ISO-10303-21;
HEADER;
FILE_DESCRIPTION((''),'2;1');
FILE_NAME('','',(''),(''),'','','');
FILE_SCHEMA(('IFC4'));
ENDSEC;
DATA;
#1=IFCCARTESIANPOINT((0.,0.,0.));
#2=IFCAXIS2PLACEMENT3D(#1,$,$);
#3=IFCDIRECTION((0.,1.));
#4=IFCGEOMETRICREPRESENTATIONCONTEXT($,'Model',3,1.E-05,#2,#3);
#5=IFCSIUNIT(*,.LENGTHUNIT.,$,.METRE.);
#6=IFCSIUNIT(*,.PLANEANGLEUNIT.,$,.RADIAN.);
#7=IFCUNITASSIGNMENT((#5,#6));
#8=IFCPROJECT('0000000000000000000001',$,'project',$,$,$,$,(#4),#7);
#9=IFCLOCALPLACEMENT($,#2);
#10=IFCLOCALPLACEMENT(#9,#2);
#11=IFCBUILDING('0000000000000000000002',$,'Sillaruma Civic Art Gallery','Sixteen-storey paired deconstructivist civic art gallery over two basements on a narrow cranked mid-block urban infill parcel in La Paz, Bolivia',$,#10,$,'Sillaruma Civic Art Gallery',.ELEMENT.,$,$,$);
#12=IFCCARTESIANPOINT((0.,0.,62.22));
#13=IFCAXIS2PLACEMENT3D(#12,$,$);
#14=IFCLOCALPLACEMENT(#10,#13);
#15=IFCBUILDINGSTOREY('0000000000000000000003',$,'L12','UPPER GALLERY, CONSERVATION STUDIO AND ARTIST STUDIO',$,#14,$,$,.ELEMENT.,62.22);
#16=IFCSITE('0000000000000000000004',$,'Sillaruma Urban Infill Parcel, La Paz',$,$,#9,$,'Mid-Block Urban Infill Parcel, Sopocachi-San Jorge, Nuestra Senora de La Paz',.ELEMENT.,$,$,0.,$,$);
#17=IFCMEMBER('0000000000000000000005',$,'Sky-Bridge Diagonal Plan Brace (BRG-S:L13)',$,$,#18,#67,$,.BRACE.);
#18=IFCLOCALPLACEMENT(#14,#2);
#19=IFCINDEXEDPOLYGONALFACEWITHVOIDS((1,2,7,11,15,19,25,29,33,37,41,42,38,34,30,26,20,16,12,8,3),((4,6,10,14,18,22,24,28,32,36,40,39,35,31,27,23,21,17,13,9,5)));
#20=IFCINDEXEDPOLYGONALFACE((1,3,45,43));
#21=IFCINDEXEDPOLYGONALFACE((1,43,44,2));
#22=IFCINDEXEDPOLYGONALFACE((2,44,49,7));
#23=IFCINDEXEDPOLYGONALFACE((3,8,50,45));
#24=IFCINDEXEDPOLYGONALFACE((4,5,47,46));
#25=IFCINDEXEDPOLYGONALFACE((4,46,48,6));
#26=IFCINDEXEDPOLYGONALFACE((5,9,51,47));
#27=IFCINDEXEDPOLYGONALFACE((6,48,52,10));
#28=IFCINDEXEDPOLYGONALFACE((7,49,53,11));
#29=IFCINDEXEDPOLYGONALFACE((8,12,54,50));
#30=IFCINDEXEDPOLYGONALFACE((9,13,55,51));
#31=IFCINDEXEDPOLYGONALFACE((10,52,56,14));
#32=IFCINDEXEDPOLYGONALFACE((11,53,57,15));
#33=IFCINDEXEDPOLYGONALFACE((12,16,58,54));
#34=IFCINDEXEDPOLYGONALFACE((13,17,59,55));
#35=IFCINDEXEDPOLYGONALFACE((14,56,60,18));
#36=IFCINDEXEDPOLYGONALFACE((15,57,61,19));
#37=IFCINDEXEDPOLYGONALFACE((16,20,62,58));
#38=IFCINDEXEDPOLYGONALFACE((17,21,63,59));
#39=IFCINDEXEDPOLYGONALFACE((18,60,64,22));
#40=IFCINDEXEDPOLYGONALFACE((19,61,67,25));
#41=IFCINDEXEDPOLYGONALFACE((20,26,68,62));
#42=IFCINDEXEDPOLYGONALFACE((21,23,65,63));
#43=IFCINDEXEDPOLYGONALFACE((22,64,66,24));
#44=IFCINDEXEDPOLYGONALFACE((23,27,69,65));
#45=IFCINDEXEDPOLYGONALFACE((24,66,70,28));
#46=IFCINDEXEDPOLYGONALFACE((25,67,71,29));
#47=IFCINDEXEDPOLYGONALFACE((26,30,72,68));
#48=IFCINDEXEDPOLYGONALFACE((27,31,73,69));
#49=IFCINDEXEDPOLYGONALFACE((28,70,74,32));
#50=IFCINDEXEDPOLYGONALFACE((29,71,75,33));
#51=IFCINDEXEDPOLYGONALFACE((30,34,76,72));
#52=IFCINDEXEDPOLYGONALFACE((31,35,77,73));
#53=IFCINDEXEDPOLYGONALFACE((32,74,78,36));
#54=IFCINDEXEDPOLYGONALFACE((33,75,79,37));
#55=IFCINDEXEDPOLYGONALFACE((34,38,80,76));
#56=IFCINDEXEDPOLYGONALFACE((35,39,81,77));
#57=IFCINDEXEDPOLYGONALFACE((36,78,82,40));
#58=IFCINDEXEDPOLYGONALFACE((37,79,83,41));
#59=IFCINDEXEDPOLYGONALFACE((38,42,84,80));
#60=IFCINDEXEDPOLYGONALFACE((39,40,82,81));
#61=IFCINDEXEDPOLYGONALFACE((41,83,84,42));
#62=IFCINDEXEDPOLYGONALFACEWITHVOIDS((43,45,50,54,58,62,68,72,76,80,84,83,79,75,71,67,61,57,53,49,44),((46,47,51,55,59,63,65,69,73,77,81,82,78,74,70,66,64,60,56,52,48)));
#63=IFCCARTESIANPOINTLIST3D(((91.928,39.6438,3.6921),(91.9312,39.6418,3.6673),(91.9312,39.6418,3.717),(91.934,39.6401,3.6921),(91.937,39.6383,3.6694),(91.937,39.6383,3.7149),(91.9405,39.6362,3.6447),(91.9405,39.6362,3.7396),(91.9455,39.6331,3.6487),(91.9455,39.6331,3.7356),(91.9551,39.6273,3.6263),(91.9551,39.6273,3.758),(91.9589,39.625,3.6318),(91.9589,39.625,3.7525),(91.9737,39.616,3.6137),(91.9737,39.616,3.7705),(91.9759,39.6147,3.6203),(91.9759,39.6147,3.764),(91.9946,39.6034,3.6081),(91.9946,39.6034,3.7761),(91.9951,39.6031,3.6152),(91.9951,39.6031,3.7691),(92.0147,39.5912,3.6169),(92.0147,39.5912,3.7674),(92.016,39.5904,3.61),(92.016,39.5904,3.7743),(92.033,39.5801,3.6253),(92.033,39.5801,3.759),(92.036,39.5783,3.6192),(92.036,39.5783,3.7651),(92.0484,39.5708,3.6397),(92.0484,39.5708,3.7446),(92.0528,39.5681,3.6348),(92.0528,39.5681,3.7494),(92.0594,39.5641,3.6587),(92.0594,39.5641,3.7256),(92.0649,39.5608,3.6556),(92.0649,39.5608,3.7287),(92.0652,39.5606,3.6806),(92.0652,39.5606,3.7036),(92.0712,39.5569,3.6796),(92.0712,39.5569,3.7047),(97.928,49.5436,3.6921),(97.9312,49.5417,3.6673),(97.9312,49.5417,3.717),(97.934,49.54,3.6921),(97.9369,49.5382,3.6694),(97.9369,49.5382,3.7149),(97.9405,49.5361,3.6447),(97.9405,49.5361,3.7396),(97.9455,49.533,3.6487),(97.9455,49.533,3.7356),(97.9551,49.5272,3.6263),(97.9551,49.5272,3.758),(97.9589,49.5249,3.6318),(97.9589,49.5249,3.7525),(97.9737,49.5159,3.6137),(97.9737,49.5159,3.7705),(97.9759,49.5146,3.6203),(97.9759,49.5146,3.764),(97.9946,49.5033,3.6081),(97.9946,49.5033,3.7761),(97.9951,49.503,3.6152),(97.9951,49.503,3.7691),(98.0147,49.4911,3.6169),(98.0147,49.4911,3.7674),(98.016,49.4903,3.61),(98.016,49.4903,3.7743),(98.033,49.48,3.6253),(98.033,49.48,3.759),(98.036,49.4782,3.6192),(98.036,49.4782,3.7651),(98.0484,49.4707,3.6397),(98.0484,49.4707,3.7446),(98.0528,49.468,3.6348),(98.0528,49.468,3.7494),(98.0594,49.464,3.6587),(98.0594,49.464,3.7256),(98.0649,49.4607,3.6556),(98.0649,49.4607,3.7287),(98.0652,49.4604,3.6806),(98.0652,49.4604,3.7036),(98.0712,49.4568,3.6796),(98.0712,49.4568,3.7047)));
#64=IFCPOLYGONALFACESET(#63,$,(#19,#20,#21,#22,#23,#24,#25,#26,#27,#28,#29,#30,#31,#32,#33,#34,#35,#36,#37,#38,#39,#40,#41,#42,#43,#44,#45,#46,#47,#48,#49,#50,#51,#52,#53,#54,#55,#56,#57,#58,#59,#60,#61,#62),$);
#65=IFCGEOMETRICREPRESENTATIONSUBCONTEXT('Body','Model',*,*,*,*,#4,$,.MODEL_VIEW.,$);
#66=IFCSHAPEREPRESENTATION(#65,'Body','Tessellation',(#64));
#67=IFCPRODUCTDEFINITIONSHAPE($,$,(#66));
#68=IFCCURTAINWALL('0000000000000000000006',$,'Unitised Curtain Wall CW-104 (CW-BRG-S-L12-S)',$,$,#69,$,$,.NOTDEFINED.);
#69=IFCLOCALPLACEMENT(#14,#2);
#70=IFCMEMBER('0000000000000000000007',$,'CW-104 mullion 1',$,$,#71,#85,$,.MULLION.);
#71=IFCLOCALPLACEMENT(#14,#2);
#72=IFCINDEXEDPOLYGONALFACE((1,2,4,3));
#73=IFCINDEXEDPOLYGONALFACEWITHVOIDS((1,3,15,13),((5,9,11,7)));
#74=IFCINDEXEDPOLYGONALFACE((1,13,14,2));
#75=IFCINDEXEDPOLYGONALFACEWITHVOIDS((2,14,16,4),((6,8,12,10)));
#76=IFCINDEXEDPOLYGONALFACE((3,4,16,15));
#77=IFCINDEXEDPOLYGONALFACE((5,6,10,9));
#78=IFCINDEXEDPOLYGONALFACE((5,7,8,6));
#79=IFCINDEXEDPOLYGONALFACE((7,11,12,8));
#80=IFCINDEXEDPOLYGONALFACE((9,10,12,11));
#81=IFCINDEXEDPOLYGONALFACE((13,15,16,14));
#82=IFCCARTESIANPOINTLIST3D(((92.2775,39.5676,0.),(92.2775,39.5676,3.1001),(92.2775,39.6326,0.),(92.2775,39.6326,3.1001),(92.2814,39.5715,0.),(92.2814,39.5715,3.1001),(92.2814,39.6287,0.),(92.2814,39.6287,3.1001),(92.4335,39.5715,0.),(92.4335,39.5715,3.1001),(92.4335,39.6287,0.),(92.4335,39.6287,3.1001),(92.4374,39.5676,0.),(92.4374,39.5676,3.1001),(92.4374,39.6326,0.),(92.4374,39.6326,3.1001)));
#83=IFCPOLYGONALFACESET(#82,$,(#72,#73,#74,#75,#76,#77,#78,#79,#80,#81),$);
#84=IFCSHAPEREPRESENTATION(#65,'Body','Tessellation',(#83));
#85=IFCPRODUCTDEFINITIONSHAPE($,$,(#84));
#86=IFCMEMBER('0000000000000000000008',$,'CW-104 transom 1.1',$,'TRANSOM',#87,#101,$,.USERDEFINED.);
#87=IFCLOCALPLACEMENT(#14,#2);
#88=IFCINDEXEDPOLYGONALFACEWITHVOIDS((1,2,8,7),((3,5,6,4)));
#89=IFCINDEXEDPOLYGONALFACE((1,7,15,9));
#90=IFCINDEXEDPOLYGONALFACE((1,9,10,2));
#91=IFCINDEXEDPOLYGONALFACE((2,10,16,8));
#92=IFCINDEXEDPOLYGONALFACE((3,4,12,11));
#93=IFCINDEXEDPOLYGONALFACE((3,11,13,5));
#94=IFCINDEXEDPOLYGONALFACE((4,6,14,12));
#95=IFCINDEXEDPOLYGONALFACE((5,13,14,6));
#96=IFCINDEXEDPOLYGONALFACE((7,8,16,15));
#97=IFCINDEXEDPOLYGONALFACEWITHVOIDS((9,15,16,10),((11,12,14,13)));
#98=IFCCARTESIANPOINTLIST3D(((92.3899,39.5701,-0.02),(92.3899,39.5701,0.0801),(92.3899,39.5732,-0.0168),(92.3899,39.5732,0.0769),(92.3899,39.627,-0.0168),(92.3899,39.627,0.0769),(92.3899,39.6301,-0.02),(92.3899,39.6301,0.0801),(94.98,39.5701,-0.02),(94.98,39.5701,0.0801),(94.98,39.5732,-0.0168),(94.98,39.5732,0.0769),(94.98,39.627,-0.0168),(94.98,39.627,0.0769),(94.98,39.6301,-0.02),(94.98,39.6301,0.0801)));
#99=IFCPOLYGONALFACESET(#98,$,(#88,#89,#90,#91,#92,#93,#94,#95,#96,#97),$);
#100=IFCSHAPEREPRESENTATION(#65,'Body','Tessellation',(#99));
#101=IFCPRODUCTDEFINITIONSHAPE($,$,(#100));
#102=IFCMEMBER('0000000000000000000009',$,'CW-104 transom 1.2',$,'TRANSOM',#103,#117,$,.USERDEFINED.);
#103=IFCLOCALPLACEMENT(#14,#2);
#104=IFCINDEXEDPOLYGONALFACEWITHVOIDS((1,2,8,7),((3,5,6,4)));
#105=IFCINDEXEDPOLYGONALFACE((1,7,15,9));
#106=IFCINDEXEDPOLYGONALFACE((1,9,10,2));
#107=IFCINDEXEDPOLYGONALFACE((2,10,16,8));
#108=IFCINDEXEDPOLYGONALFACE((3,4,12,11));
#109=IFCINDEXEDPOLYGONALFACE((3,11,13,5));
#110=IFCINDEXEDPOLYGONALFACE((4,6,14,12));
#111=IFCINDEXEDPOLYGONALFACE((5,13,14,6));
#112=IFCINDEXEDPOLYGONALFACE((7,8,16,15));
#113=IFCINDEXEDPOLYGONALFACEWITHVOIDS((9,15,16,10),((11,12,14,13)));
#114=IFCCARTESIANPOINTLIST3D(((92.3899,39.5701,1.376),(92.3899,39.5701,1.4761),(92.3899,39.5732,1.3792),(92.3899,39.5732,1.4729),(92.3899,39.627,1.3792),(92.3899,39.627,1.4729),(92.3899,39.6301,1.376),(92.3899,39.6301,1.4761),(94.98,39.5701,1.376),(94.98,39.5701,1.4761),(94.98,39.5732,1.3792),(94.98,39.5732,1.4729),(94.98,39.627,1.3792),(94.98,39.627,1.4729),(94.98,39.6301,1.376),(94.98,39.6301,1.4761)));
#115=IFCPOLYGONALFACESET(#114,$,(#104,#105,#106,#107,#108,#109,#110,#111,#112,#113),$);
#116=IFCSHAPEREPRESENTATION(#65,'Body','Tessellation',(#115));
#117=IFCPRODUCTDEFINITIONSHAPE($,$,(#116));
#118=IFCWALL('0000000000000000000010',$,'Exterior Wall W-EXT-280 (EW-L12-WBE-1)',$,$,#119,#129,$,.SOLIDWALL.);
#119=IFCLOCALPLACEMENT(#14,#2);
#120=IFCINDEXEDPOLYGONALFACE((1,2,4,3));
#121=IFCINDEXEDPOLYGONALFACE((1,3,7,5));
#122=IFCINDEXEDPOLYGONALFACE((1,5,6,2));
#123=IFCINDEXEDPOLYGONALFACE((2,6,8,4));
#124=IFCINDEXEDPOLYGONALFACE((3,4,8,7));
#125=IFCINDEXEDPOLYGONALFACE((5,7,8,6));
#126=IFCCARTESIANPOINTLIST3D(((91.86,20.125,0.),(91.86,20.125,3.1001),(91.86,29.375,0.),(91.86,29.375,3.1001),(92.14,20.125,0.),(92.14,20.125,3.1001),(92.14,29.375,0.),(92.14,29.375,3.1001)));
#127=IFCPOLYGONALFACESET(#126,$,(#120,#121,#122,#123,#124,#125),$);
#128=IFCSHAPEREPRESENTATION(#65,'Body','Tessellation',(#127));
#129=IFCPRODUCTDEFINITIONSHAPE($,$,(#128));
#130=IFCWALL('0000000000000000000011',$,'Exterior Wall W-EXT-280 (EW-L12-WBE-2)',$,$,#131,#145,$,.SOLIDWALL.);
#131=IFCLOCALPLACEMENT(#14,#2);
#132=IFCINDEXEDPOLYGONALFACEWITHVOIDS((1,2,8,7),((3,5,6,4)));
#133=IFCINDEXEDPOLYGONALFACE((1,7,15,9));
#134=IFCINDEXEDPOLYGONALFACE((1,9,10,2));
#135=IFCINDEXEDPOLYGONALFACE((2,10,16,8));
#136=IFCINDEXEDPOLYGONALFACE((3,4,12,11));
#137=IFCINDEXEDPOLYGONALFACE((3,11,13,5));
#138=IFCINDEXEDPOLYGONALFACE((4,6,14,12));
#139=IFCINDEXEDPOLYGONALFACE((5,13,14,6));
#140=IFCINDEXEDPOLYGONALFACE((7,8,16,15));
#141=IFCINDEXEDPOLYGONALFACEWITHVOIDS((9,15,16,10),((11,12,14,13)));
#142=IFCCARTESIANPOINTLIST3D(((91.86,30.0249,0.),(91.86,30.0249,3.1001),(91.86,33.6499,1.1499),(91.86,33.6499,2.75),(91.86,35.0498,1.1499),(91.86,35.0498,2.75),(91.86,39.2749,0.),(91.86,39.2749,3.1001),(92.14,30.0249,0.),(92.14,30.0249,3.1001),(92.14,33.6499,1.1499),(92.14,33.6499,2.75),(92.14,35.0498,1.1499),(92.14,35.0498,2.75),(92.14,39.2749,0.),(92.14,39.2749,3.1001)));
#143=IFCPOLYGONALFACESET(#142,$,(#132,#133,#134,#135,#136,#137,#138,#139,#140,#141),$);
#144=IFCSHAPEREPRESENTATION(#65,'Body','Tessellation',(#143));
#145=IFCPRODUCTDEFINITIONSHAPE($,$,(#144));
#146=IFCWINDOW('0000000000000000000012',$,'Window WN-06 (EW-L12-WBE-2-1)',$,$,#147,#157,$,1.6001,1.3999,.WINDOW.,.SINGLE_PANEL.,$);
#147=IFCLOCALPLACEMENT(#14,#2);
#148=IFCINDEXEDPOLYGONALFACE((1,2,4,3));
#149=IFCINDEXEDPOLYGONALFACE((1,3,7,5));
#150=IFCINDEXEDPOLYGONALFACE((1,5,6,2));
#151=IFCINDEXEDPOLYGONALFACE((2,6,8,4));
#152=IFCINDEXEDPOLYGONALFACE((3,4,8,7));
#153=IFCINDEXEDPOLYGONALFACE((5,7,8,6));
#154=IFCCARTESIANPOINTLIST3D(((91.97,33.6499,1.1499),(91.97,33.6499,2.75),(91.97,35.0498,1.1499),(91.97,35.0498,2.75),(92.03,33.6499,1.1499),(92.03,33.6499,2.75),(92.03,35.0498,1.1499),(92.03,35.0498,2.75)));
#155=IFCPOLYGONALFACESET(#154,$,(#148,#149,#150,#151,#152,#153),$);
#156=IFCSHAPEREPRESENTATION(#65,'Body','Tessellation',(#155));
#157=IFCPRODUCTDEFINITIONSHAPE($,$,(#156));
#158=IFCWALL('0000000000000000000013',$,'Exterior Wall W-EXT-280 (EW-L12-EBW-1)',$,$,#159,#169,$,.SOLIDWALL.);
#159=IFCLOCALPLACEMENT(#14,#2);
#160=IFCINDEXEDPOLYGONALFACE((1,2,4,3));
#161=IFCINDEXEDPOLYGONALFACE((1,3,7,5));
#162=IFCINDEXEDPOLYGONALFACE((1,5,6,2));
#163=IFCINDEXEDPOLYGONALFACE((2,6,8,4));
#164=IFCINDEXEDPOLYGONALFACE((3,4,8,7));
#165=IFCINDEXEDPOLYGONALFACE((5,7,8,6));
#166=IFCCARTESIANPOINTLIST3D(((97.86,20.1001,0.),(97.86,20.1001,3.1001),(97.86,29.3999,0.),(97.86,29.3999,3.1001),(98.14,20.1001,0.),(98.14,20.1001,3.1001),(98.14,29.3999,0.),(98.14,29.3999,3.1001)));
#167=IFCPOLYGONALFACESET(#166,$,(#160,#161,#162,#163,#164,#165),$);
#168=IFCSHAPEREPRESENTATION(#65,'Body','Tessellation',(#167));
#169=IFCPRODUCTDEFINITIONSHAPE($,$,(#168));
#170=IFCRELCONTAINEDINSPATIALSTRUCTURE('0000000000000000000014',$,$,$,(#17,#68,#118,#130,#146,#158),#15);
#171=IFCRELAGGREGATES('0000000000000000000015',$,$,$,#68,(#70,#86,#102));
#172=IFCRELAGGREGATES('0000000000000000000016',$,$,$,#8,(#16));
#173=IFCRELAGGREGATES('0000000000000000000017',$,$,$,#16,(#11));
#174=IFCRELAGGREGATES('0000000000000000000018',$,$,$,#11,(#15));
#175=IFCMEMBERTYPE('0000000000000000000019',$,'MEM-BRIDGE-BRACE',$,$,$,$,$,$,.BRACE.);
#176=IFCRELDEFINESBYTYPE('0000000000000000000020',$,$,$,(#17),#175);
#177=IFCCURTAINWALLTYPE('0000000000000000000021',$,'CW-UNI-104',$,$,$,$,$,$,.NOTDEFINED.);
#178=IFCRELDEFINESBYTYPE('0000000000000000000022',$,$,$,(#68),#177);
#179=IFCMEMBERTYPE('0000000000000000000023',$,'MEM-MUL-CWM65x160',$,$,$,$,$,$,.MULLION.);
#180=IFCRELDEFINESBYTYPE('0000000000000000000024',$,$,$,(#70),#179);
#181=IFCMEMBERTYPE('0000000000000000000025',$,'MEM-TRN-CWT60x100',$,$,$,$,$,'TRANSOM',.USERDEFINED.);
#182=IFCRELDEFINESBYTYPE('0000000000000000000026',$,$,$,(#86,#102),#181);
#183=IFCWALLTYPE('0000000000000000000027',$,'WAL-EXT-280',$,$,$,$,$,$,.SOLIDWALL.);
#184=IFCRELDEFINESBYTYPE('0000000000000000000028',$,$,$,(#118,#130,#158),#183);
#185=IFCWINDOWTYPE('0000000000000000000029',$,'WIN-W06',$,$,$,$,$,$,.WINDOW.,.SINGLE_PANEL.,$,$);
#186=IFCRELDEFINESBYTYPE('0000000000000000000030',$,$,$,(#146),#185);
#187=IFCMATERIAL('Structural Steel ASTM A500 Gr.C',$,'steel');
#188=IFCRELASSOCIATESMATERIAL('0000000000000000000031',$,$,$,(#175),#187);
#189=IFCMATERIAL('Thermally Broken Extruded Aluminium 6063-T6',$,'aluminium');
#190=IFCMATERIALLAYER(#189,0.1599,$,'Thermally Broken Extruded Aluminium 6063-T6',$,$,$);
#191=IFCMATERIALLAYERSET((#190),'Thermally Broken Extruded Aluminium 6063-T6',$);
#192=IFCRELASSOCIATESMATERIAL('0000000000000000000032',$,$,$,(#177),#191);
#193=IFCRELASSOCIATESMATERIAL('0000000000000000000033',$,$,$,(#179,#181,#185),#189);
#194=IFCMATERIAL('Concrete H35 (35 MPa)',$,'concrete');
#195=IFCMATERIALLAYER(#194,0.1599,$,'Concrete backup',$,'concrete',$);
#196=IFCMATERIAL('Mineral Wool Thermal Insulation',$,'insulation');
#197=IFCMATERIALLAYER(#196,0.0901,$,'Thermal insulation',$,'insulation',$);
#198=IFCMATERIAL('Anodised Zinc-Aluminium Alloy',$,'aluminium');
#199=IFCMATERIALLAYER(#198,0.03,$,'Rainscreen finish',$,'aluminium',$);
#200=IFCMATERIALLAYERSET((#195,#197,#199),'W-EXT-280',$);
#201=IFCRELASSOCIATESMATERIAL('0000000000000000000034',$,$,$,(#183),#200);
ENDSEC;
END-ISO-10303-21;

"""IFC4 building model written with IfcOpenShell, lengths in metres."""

from ifc_helpers import new_model, si_unit, direction, frame, frame_2d, origin, origin_2d, place, context, subcontext, project, spatial, rectangle, hollow_rectangle, hollow_circle, extrude, material, layer, layer_set, material_profile, profile_set, type_object, element, fill, aggregate, save


model = new_model("IFC4")

# Units and contexts
model_context = context("Model", 3, precision=1e-05, world=origin(), true_north=direction((0.0, 1.0)))
body_context = subcontext(model_context, "Body", "Model", "MODEL_VIEW")
ifc_project = project(units=[si_unit("LENGTHUNIT", "METRE"), si_unit("PLANEANGLEUNIT", "RADIAN")], contexts=[model_context])

# Site, building, storey
site_placement = place(None, origin())
site = spatial("IfcSite", under=ifc_project, at=site_placement, Name="Sillaruma Urban Infill Parcel, La Paz", LongName="Mid-Block Urban Infill Parcel, Sopocachi-San Jorge, Nuestra Senora de La Paz", CompositionType="ELEMENT", RefElevation=0.0)
building_placement = place(site_placement, origin())
building = spatial("IfcBuilding", under=site, at=building_placement, Name="Sillaruma Civic Art Gallery", Description="Sixteen-storey paired deconstructivist civic art gallery over two basements on a narrow cranked mid-block urban infill parcel in La Paz, Bolivia", LongName="Sillaruma Civic Art Gallery", CompositionType="ELEMENT")
storey_placement = place(building_placement, frame((0.0, 0.0, 62.22)))
storey = spatial("IfcBuildingStorey", under=building, at=storey_placement, Name="L12", Description="UPPER GALLERY, CONSERVATION STUDIO AND ARTIST STUDIO", CompositionType="ELEMENT", Elevation=62.22)

# Shared definitions
ifc_material_1 = material(Name="Concrete H35 (35 MPa)", Category="concrete")

# Member
ifc_material_2 = material(Name="Structural Steel ASTM A500 Gr.C", Category="steel")
ifc_material_profile_1 = material_profile(ifc_material_2, hollow_circle(Radius=0.0842, WallThickness=0.0071, at=origin_2d()), Name="CHS168.3x7.1")
ifc_profile_set_1 = profile_set([ifc_material_profile_1], Name="Structural Steel ASTM A500 Gr.C")
member_type_1 = type_object("IfcMemberType", Name="MEM-BRIDGE-BRACE", PredefinedType="BRACE", material=ifc_profile_set_1)
member_1_placement = place(storey_placement, frame((92.0, 39.6001, 3.6921), z_axis=(0.518305, 0.855196, 0.0), x_axis=(-0.855196, 0.518305, 0.0)))
element("IfcMember", 1, at=member_1_placement, inside=storey, type_object=member_type_1, Name="Sky-Bridge Diagonal Plan Brace (BRG-S:L13)", PredefinedType="BRACE", context=body_context, shape_type="SweptSolid", body=[
    extrude(hollow_circle(Radius=0.0842, WallThickness=0.0071, at=origin_2d()), origin(), (0.0, 0.0, 1.0), 11.5762),
])

# Curtain wall, members
ifc_material_3 = material(Name="Thermally Broken Extruded Aluminium 6063-T6", Category="aluminium")
ifc_layer_1 = layer(ifc_material_3, 0.1599, Name="Thermally Broken Extruded Aluminium 6063-T6")
ifc_layer_set_1 = layer_set([ifc_layer_1], Name="Thermally Broken Extruded Aluminium 6063-T6")
curtain_wall_type = type_object("IfcCurtainWallType", Name="CW-UNI-104", PredefinedType="NOTDEFINED", material=ifc_layer_set_1)
curtain_wall_placement = place(storey_placement, origin())
curtain_wall = element("IfcCurtainWall", 2, at=curtain_wall_placement, inside=storey, type_object=curtain_wall_type, Name="Unitised Curtain Wall CW-104 (CW-BRG-S-L12-S)", PredefinedType="NOTDEFINED")
ifc_material_profile_2 = material_profile(ifc_material_3, hollow_rectangle(XDim=0.0649, YDim=0.1599, WallThickness=0.0039, at=origin_2d()), Name="CWM65x160")
ifc_profile_set_2 = profile_set([ifc_material_profile_2], Name="Thermally Broken Extruded Aluminium 6063-T6")
member_type_2 = type_object("IfcMemberType", Name="MEM-MUL-CWM65x160", PredefinedType="MULLION", material=ifc_profile_set_2)
member_2_placement = place(storey_placement, frame((92.3574, 39.6001, 0.0), z_axis=(0.0, 0.0, 1.0), x_axis=(0.0, 1.0, 0.0)))
member_2 = element("IfcMember", 3, at=member_2_placement, type_object=member_type_2, Name="CW-104 mullion 1", PredefinedType="MULLION", context=body_context, shape_type="SweptSolid", body=[
    extrude(hollow_rectangle(XDim=0.0649, YDim=0.1599, WallThickness=0.0039, at=origin_2d()), origin(), (0.0, 0.0, 1.0), 3.1001),
])
ifc_material_profile_3 = material_profile(ifc_material_3, hollow_rectangle(XDim=0.0601, YDim=0.1001, WallThickness=0.0032, at=origin_2d()), Name="CWT60x100")
ifc_profile_set_3 = profile_set([ifc_material_profile_3], Name="Thermally Broken Extruded Aluminium 6063-T6")
member_type_3 = type_object("IfcMemberType", Name="MEM-TRN-CWT60x100", ElementType="TRANSOM", PredefinedType="USERDEFINED", material=ifc_profile_set_3)
member_3_placement = place(storey_placement, frame((92.3899, 39.6001, 0.03), z_axis=(1.0, 0.0, 0.0), x_axis=(0.0, 1.0, 0.0)))
member_3 = element("IfcMember", 4, at=member_3_placement, type_object=member_type_3, Name="CW-104 transom 1.1", ObjectType="TRANSOM", PredefinedType="USERDEFINED", context=body_context, shape_type="SweptSolid", body=[
    extrude(hollow_rectangle(XDim=0.0601, YDim=0.1001, WallThickness=0.0032, at=origin_2d()), origin(), (0.0, 0.0, 1.0), 2.5901),
])
member_4_placement = place(storey_placement, frame((92.3899, 39.6001, 1.426), z_axis=(1.0, 0.0, 0.0), x_axis=(0.0, 1.0, 0.0)))
member_4 = element("IfcMember", 5, at=member_4_placement, type_object=member_type_3, Name="CW-104 transom 1.2", ObjectType="TRANSOM", PredefinedType="USERDEFINED", context=body_context, shape_type="SweptSolid", body=[
    extrude(hollow_rectangle(XDim=0.0601, YDim=0.1001, WallThickness=0.0032, at=origin_2d()), origin(), (0.0, 0.0, 1.0), 2.5901),
])
aggregate(curtain_wall, [member_2, member_3, member_4])

# Wall
ifc_layer_2 = layer(ifc_material_1, 0.1599, Name="Concrete backup", Category="concrete")
ifc_material_4 = material(Name="Mineral Wool Thermal Insulation", Category="insulation")
ifc_layer_3 = layer(ifc_material_4, 0.0901, Name="Thermal insulation", Category="insulation")
ifc_material_5 = material(Name="Anodised Zinc-Aluminium Alloy", Category="aluminium")
ifc_layer_4 = layer(ifc_material_5, 0.03, Name="Rainscreen finish", Category="aluminium")
ifc_layer_set_2 = layer_set([ifc_layer_2, ifc_layer_3, ifc_layer_4], Name="W-EXT-280")
wall_type_1 = type_object("IfcWallType", Name="WAL-EXT-280", PredefinedType="SOLIDWALL", material=ifc_layer_set_2)
wall_1_placement = place(storey_placement, frame((92.0, 20.125, 0.0), z_axis=(0.0, 0.0, 1.0), x_axis=(0.0, 1.0, 0.0)))
element("IfcWall", 6, at=wall_1_placement, inside=storey, type_object=wall_type_1, Name="Exterior Wall W-EXT-280 (EW-L12-WBE-1)", PredefinedType="SOLIDWALL", context=body_context, shape_type="SweptSolid", body=[
    extrude(rectangle(XDim=9.25, YDim=0.28, at=frame_2d((4.625, 0.0))), origin(), (0.0, 0.0, 1.0), 3.1001),
])

# Wall, opening, window
wall_2_placement = place(storey_placement, frame((92.0, 30.0249, 0.0), z_axis=(0.0, 0.0, 1.0), x_axis=(0.0, 1.0, 0.0)))
wall_2 = element("IfcWall", 7, at=wall_2_placement, inside=storey, type_object=wall_type_1, Name="Exterior Wall W-EXT-280 (EW-L12-WBE-2)", PredefinedType="SOLIDWALL", context=body_context, shape_type="SweptSolid", body=[
    extrude(rectangle(XDim=9.25, YDim=0.28, at=frame_2d((4.625, 0.0))), origin(), (0.0, 0.0, 1.0), 3.1001),
])
opening_1_placement = place(wall_2_placement, frame((3.625, 0.0, 1.1499)))
opening_1 = element("IfcOpeningElement", 8, at=opening_1_placement, cuts=wall_2, PredefinedType="OPENING", context=body_context, shape_type="SweptSolid", body=[
    extrude(rectangle(XDim=1.3999, YDim=1.6001, at=frame_2d((0.7, 0.8))), frame((0.0, 0.1499, 0.0), z_axis=(0.0, -1.0, 0.0), x_axis=(1.0, 0.0, 0.0)), (0.0, 0.0, 1.0), 0.3),
])
window_type_1 = type_object("IfcWindowType", Name="WIN-W06", PartitioningType="SINGLE_PANEL", PredefinedType="WINDOW", material=ifc_material_3)
window_1_placement = place(opening_1_placement, origin())
window_1 = element("IfcWindow", 9, at=window_1_placement, inside=storey, type_object=window_type_1, Name="Window WN-06 (EW-L12-WBE-2-1)", OverallHeight=1.6001, OverallWidth=1.3999, PartitioningType="SINGLE_PANEL", PredefinedType="WINDOW", context=body_context, shape_type="SweptSolid", body=[
    extrude(rectangle(XDim=1.3999, YDim=1.6001, at=frame_2d((0.7, 0.8))), frame((0.0, 0.03, 0.0), z_axis=(0.0, -1.0, 0.0), x_axis=(1.0, 0.0, 0.0)), (0.0, 0.0, 1.0), 0.0601),
])
fill(opening_1, window_1)

# Wall
wall_3_placement = place(storey_placement, frame((98.0, 20.1001, 0.0), z_axis=(0.0, 0.0, 1.0), x_axis=(0.0, 1.0, 0.0)))
element("IfcWall", 10, at=wall_3_placement, inside=storey, type_object=wall_type_1, Name="Exterior Wall W-EXT-280 (EW-L12-EBW-1)", PredefinedType="SOLIDWALL", context=body_context, shape_type="SweptSolid", body=[
    extrude(rectangle(XDim=9.2998, YDim=0.28, at=frame_2d((4.6499, 0.0))), origin(), (0.0, 0.0, 1.0), 3.1001),
])

save(model, "model.ifc")
